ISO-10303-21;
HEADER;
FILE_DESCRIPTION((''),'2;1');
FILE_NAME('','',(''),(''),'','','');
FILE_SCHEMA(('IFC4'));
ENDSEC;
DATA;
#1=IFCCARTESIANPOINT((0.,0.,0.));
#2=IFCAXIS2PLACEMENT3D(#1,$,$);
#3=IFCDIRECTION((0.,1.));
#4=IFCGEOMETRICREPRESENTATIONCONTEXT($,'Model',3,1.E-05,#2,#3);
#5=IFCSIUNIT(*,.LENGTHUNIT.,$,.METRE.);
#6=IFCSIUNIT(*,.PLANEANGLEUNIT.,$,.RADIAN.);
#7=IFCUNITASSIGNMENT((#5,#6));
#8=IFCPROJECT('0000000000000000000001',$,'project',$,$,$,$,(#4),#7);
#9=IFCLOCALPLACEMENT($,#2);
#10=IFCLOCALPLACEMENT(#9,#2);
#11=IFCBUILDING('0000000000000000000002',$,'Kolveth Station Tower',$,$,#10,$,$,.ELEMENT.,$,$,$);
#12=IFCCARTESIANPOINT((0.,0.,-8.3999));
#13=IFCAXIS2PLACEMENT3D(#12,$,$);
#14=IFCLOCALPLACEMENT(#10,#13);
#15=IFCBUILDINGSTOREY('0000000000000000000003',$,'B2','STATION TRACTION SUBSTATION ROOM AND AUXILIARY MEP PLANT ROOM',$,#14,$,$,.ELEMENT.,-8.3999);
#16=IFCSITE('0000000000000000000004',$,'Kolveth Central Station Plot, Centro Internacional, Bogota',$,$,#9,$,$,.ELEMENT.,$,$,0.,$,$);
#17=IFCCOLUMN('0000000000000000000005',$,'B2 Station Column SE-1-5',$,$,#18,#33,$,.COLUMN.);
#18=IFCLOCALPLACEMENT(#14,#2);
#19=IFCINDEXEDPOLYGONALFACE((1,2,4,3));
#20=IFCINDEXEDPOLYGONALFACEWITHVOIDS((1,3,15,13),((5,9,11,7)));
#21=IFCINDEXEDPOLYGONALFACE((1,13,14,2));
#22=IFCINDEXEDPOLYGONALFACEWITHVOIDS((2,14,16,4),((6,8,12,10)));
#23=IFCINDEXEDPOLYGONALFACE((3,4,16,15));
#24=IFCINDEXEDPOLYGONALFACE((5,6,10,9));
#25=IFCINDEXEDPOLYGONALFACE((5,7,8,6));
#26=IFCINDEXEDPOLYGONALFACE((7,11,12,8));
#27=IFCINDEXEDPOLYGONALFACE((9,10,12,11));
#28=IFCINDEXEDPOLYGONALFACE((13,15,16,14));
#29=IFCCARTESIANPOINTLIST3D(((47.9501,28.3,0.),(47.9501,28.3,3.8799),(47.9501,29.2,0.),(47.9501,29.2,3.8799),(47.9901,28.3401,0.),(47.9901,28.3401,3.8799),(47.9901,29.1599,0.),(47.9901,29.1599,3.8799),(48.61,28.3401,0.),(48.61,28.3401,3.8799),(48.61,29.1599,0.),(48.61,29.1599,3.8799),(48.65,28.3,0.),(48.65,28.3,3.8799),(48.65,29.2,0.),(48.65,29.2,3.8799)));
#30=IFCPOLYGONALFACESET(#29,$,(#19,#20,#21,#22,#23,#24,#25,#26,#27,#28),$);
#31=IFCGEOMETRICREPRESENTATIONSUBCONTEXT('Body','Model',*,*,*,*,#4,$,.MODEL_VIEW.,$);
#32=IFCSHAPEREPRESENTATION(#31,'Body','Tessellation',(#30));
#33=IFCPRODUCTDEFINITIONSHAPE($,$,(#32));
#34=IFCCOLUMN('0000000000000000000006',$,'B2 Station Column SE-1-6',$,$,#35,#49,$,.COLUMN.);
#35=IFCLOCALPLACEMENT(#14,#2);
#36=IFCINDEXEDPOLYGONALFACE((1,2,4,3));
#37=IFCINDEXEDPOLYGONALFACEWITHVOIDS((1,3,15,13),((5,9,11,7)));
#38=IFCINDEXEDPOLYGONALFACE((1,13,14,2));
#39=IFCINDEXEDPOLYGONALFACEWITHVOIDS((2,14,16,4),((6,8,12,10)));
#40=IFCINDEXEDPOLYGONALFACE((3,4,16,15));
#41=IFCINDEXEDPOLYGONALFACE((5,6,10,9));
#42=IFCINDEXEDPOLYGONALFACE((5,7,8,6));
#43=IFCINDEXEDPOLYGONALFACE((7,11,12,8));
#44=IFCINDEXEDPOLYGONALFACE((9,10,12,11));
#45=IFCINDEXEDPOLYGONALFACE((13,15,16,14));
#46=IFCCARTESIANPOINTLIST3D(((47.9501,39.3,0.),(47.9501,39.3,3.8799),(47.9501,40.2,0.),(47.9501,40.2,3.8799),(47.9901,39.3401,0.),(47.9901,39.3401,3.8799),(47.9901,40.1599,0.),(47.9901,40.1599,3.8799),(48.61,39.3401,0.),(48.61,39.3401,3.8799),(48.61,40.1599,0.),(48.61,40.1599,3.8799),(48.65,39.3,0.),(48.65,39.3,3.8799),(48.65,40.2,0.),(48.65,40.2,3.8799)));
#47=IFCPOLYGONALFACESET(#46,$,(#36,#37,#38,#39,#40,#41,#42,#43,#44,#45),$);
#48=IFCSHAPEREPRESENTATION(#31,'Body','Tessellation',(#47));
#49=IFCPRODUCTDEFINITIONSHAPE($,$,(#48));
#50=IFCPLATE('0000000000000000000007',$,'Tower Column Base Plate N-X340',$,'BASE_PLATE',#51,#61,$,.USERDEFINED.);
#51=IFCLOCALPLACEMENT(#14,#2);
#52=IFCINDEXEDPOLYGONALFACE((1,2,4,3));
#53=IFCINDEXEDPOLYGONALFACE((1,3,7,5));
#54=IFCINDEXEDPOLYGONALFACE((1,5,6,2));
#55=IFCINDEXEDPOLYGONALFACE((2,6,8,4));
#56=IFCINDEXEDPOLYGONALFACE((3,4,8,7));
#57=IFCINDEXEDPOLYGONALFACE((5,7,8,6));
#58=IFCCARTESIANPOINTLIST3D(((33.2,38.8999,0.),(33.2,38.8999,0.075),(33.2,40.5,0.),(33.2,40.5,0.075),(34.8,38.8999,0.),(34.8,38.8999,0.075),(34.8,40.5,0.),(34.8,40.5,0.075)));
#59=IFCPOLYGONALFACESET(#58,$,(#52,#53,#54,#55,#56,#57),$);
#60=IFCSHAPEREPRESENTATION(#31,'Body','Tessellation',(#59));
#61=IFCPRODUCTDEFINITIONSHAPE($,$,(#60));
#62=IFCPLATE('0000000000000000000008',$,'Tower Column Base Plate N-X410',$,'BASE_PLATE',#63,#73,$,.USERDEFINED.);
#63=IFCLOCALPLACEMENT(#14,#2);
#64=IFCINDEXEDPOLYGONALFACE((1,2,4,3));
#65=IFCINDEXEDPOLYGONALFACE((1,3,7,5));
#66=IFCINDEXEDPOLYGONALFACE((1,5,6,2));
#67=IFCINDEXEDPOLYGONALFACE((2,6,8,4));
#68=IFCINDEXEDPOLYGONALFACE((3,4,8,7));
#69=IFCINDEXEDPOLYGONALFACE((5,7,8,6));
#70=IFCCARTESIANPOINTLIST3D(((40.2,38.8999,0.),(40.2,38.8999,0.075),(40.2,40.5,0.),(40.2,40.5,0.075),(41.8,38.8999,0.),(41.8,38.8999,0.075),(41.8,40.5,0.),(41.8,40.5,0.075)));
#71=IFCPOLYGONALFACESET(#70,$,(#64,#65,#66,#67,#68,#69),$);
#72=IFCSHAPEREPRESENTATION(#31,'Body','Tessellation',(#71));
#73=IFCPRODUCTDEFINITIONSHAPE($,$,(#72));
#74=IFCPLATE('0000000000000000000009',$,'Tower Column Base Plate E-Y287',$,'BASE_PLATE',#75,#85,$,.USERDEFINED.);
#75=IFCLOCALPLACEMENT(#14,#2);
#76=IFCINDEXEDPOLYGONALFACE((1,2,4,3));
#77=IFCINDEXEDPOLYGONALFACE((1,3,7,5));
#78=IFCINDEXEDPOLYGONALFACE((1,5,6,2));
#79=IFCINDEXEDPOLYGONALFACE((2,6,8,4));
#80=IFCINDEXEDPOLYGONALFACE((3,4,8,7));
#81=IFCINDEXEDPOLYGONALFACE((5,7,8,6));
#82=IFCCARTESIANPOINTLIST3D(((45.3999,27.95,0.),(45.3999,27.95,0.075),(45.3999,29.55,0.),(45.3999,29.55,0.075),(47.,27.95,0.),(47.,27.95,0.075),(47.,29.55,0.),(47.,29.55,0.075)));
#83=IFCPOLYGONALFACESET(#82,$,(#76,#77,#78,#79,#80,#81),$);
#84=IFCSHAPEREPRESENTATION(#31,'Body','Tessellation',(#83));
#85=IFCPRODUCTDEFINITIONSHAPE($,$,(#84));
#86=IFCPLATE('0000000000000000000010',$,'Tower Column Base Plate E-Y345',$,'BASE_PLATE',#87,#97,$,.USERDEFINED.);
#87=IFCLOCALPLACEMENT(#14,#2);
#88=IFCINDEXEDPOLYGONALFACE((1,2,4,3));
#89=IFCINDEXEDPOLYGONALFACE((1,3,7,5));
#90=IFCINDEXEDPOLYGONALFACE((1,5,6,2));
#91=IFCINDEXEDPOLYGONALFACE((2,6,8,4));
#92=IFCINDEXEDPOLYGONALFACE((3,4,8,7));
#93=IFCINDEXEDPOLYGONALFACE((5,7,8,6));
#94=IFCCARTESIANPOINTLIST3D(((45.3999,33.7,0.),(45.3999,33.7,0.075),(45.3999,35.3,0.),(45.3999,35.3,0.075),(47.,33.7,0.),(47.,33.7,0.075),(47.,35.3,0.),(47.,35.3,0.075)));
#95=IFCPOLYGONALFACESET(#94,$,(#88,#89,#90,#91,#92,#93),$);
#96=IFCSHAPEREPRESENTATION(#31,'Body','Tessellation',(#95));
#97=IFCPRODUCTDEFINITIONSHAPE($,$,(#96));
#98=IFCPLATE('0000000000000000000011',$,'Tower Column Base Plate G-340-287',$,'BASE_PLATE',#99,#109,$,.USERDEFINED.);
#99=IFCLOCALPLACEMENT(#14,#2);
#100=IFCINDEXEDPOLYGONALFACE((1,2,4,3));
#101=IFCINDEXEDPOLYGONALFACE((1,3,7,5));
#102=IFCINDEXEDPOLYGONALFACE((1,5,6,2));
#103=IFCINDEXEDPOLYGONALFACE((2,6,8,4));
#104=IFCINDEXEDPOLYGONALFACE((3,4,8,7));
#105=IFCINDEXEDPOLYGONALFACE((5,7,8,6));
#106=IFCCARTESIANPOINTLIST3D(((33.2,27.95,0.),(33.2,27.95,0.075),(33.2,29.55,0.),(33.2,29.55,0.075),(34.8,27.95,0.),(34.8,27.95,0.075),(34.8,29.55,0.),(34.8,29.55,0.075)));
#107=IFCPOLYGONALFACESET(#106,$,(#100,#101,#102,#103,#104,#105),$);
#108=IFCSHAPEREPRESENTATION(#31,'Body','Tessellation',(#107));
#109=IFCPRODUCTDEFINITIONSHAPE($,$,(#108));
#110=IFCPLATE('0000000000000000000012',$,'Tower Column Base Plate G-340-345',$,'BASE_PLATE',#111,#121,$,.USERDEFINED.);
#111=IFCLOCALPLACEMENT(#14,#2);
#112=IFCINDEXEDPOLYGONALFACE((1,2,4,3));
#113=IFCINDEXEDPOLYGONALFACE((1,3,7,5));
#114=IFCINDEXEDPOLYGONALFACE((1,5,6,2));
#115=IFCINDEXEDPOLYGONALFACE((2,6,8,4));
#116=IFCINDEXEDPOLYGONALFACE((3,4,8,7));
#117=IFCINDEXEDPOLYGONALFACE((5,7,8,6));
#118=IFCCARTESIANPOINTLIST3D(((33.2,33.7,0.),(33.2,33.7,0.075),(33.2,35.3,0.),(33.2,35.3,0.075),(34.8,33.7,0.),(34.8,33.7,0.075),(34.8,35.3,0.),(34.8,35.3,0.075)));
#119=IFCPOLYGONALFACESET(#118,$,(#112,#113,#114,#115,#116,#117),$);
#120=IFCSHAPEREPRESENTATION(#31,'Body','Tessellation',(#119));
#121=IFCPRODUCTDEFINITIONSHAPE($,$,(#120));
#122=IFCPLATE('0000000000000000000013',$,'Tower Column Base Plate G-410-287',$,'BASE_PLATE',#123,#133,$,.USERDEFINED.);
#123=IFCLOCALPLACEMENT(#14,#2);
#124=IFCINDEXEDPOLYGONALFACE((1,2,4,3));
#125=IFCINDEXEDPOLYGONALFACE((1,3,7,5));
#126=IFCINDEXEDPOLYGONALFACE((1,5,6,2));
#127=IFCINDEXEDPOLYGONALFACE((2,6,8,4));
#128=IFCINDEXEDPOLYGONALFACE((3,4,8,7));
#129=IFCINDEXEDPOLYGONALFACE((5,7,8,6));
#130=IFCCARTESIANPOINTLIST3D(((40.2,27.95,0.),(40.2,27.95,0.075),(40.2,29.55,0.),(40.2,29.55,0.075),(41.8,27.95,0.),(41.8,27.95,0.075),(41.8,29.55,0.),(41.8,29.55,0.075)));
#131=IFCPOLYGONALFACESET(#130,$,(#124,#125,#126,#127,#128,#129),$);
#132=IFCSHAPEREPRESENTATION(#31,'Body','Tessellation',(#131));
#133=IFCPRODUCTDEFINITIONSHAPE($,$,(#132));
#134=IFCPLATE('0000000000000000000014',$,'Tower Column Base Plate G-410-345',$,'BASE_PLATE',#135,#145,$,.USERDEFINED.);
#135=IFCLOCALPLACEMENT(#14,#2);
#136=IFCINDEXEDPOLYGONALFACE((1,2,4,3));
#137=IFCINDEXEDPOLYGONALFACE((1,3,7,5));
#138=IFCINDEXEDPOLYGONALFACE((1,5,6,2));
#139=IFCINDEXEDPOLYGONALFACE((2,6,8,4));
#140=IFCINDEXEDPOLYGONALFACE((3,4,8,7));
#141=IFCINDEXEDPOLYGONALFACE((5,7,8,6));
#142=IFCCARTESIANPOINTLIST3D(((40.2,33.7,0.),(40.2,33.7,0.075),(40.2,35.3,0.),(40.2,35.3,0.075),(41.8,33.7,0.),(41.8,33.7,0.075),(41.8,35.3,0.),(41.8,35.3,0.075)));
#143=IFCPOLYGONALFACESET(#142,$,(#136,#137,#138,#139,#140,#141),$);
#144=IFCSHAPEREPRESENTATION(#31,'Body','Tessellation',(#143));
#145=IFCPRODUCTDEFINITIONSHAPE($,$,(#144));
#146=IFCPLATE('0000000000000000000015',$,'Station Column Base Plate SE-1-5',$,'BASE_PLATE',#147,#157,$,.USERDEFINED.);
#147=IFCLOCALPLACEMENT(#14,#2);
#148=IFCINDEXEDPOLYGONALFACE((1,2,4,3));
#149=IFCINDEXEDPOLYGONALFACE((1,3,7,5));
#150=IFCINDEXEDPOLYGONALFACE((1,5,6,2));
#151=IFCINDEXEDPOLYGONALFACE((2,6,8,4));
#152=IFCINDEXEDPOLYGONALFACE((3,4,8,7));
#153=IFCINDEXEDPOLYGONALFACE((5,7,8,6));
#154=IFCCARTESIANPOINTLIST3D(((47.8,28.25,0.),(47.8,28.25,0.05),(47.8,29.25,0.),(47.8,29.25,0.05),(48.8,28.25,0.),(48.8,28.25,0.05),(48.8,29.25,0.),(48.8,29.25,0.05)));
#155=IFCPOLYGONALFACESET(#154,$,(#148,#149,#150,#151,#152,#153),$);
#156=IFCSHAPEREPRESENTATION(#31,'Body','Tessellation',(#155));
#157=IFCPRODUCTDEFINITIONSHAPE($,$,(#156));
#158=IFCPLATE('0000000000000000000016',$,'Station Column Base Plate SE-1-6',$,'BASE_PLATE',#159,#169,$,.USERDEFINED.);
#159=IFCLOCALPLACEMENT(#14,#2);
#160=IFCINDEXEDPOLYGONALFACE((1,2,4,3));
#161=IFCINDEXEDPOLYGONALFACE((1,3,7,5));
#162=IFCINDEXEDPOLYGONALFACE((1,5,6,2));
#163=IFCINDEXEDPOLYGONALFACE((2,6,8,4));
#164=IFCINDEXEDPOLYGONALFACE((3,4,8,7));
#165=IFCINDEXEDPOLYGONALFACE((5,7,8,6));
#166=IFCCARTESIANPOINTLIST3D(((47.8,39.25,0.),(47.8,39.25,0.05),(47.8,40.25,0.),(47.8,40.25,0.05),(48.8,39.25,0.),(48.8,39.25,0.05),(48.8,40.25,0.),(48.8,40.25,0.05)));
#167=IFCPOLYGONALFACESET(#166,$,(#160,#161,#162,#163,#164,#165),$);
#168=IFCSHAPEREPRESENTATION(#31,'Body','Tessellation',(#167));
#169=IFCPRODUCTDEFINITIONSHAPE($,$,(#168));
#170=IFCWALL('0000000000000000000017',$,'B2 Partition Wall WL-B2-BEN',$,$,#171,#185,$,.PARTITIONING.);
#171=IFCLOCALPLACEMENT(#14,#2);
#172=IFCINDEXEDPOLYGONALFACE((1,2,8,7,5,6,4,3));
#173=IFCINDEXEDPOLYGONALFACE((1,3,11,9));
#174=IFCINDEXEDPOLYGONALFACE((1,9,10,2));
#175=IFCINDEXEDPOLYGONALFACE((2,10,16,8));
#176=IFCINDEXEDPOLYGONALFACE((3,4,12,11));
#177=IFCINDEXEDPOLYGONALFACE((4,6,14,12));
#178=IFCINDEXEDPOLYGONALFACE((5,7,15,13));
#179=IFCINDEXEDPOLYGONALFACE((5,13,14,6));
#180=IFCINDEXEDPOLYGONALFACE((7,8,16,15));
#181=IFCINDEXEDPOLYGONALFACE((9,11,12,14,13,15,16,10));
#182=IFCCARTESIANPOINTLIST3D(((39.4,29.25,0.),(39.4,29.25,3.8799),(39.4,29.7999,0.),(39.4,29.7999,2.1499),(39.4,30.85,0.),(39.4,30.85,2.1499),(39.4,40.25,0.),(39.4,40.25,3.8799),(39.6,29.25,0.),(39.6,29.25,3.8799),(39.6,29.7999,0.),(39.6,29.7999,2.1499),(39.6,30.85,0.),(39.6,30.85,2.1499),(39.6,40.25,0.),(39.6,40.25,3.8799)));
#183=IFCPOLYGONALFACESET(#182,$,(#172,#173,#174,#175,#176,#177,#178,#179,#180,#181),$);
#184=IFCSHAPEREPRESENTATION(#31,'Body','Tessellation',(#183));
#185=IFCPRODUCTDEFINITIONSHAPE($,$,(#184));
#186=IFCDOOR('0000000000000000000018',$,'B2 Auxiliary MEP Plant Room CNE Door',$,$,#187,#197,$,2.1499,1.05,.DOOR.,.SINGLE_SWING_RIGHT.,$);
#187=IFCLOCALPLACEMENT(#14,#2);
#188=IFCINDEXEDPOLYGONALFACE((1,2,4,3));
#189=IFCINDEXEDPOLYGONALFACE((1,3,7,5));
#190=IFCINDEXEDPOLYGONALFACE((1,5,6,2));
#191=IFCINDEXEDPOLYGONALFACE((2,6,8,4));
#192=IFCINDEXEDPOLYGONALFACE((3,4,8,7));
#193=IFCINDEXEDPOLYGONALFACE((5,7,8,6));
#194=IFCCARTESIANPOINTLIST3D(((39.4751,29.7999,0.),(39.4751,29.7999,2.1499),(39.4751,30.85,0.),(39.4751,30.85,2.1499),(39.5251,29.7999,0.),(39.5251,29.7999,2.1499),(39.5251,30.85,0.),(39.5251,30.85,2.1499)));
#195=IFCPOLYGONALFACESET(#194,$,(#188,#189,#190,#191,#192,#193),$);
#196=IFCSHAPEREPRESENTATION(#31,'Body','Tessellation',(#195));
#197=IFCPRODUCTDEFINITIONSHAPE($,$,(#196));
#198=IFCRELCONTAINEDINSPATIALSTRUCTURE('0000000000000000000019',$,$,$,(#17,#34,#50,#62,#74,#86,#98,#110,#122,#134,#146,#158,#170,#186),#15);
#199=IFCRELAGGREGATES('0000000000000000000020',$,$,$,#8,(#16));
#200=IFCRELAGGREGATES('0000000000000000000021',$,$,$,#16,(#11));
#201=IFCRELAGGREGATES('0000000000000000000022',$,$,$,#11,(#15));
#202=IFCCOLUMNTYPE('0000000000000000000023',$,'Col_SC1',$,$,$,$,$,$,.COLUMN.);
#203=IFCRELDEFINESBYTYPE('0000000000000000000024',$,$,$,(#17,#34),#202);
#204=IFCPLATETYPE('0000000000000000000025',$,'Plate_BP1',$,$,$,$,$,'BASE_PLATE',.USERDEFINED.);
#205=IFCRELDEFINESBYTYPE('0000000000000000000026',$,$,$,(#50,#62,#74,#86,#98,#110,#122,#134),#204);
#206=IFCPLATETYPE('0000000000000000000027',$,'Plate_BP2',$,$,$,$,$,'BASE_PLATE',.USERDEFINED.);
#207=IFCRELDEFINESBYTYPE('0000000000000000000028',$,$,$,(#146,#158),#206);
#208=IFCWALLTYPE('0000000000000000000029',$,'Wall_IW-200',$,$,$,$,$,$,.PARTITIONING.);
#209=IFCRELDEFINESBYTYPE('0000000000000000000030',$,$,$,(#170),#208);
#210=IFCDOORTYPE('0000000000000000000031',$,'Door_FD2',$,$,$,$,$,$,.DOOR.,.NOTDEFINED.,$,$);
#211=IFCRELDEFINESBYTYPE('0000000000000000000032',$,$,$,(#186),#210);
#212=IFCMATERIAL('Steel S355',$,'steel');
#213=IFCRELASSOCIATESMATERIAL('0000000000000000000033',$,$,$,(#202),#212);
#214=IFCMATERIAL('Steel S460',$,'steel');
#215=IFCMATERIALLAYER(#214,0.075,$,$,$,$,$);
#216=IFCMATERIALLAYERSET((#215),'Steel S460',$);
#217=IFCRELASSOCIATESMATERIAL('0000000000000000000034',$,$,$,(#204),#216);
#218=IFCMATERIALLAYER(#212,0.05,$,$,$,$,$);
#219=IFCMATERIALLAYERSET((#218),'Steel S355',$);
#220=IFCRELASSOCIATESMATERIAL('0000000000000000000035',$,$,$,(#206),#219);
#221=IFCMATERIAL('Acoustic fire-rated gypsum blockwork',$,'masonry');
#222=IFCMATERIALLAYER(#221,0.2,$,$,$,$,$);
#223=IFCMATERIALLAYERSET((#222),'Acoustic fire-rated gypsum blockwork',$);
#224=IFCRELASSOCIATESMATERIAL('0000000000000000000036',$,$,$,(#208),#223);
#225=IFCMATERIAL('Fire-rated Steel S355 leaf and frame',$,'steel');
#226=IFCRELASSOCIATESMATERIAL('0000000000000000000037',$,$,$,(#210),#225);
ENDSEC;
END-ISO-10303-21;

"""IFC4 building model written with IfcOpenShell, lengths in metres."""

from ifc_helpers import new_model, si_unit, direction, frame, frame_2d, origin, origin_2d, place, context, subcontext, project, spatial, rectangle, hollow_rectangle, extrude, source, transform, mapped, material, layer, layer_set, material_profile, profile_set, type_object, element, fill, save


model = new_model("IFC4")

# Units and contexts
model_context = context("Model", 3, precision=1e-05, world=origin(), true_north=direction((0.0, 1.0)))
body_context = subcontext(model_context, "Body", "Model", "MODEL_VIEW")
ifc_project = project(units=[si_unit("LENGTHUNIT", "METRE"), si_unit("PLANEANGLEUNIT", "RADIAN")], contexts=[model_context])

# Site, building, storey
site_placement = place(None, origin())
site = spatial("IfcSite", under=ifc_project, at=site_placement, Name="Kolveth Central Station Plot, Centro Internacional, Bogota", CompositionType="ELEMENT", RefElevation=0.0)
building_placement = place(site_placement, origin())
building = spatial("IfcBuilding", under=site, at=building_placement, Name="Kolveth Station Tower", CompositionType="ELEMENT")
storey_placement = place(building_placement, frame((0.0, 0.0, -8.3999)))
storey = spatial("IfcBuildingStorey", under=building, at=storey_placement, Name="B2", Description="STATION TRACTION SUBSTATION ROOM AND AUXILIARY MEP PLANT ROOM", CompositionType="ELEMENT", Elevation=-8.3999)

# Columns
ifc_material_1 = material(Name="Steel S460", Category="steel")
ifc_material_2 = material(Name="Steel S355", Category="steel")
ifc_material_profile_1 = material_profile(ifc_material_2, hollow_rectangle(XDim=0.7, YDim=0.8999, WallThickness=0.04, at=origin_2d()), Name="BOX900x700x40")
ifc_profile_set_1 = profile_set([ifc_material_profile_1], Name="Steel S355")
column_type_1 = type_object("IfcColumnType", Name="Col_SC1", PredefinedType="COLUMN", material=ifc_profile_set_1)
shared_shape_1 = source(origin(), body_context, "Body", "SweptSolid", [
    extrude(hollow_rectangle(XDim=0.7, YDim=0.8999, WallThickness=0.04, at=origin_2d()), origin(), (0.0, 0.0, 1.0), 3.8799),
])
for number, where, z_axis, x_axis, name in (
    (1, (48.3, 28.75, 0.0), (0.0, 0.0, 1.0), (1.0, 0.0, 0.0), "B2 Station Column SE-1-5"),
    (2, (48.3, 39.75, 0.0), (0.0, 0.0, 1.0), (1.0, 0.0, 0.0), "B2 Station Column SE-1-6"),
):
    element("IfcColumn", number, at=place(storey_placement, frame(where, z_axis=z_axis, x_axis=x_axis)), inside=storey, type_object=column_type_1, Name=name, PredefinedType="COLUMN", context=body_context, shape_type="MappedRepresentation", body=[
        mapped(shared_shape_1, transform((0.0, 0.0, 0.0), x_axis=(1.0, 0.0, 0.0), y_axis=(0.0, 1.0, 0.0), z_axis=(0.0, 0.0, 1.0), scale=1.0)),
    ])

# Plates
ifc_layer_1 = layer(ifc_material_1, 0.075)
ifc_layer_set_1 = layer_set([ifc_layer_1], Name="Steel S460")
plate_type_1 = type_object("IfcPlateType", Name="Plate_BP1", ElementType="BASE_PLATE", PredefinedType="USERDEFINED", material=ifc_layer_set_1)
shared_shape_2 = source(origin(), body_context, "Body", "SweptSolid", [
    extrude(rectangle(XDim=1.6001, YDim=1.6001, at=origin_2d()), origin(), (0.0, 0.0, 1.0), 0.075),
])
for number, where, z_axis, x_axis, name in (
    (3, (34.0, 39.7, 0.0), (0.0, 0.0, 1.0), (1.0, 0.0, 0.0), "Tower Column Base Plate N-X340"),
    (4, (41.0, 39.7, 0.0), (0.0, 0.0, 1.0), (1.0, 0.0, 0.0), "Tower Column Base Plate N-X410"),
    (5, (46.2, 28.75, 0.0), (0.0, 0.0, 1.0), (1.0, 0.0, 0.0), "Tower Column Base Plate E-Y287"),
    (6, (46.2, 34.5, 0.0), (0.0, 0.0, 1.0), (1.0, 0.0, 0.0), "Tower Column Base Plate E-Y345"),
    (7, (34.0, 28.75, 0.0), (0.0, 0.0, 1.0), (1.0, 0.0, 0.0), "Tower Column Base Plate G-340-287"),
    (8, (34.0, 34.5, 0.0), (0.0, 0.0, 1.0), (1.0, 0.0, 0.0), "Tower Column Base Plate G-340-345"),
    (9, (41.0, 28.75, 0.0), (0.0, 0.0, 1.0), (1.0, 0.0, 0.0), "Tower Column Base Plate G-410-287"),
    (10, (41.0, 34.5, 0.0), (0.0, 0.0, 1.0), (1.0, 0.0, 0.0), "Tower Column Base Plate G-410-345"),
):
    element("IfcPlate", number, at=place(storey_placement, frame(where, z_axis=z_axis, x_axis=x_axis)), inside=storey, type_object=plate_type_1, Name=name, ObjectType="BASE_PLATE", PredefinedType="USERDEFINED", context=body_context, shape_type="MappedRepresentation", body=[
        mapped(shared_shape_2, transform((0.0, 0.0, 0.0), x_axis=(1.0, 0.0, 0.0), y_axis=(0.0, 1.0, 0.0), z_axis=(0.0, 0.0, 1.0), scale=1.0)),
    ])
ifc_layer_2 = layer(ifc_material_2, 0.05)
ifc_layer_set_2 = layer_set([ifc_layer_2], Name="Steel S355")
plate_type_2 = type_object("IfcPlateType", Name="Plate_BP2", ElementType="BASE_PLATE", PredefinedType="USERDEFINED", material=ifc_layer_set_2)
shared_shape_3 = source(origin(), body_context, "Body", "SweptSolid", [
    extrude(rectangle(XDim=1.0, YDim=1.0, at=origin_2d()), origin(), (0.0, 0.0, 1.0), 0.05),
])
for number, where, z_axis, x_axis, name in (
    (11, (48.3, 28.75, 0.0), (0.0, 0.0, 1.0), (1.0, 0.0, 0.0), "Station Column Base Plate SE-1-5"),
    (12, (48.3, 39.75, 0.0), (0.0, 0.0, 1.0), (1.0, 0.0, 0.0), "Station Column Base Plate SE-1-6"),
):
    element("IfcPlate", number, at=place(storey_placement, frame(where, z_axis=z_axis, x_axis=x_axis)), inside=storey, type_object=plate_type_2, Name=name, ObjectType="BASE_PLATE", PredefinedType="USERDEFINED", context=body_context, shape_type="MappedRepresentation", body=[
        mapped(shared_shape_3, transform((0.0, 0.0, 0.0), x_axis=(1.0, 0.0, 0.0), y_axis=(0.0, 1.0, 0.0), z_axis=(0.0, 0.0, 1.0), scale=1.0)),
    ])

# Wall, opening, door
ifc_material_3 = material(Name="Acoustic fire-rated gypsum blockwork", Category="masonry")
ifc_layer_3 = layer(ifc_material_3, 0.2)
ifc_layer_set_3 = layer_set([ifc_layer_3], Name="Acoustic fire-rated gypsum blockwork")
wall_type_1 = type_object("IfcWallType", Name="Wall_IW-200", PredefinedType="PARTITIONING", material=ifc_layer_set_3)
wall_1_placement = place(storey_placement, frame((39.5, 29.25, 0.0), z_axis=(0.0, 0.0, 1.0), x_axis=(0.0, 1.0, 0.0)))
wall_1 = element("IfcWall", 13, at=wall_1_placement, inside=storey, type_object=wall_type_1, Name="B2 Partition Wall WL-B2-BEN", PredefinedType="PARTITIONING", context=body_context, shape_type="SweptSolid", body=[
    extrude(rectangle(XDim=11.0, YDim=0.2, at=frame_2d((5.5, 0.0))), origin(), (0.0, 0.0, 1.0), 3.8799),
])
opening_1_placement = place(wall_1_placement, frame((0.55, 0.0, 0.0)))
opening_1 = element("IfcOpeningElement", 14, at=opening_1_placement, cuts=wall_1, PredefinedType="OPENING", context=body_context, shape_type="SweptSolid", body=[
    extrude(rectangle(XDim=1.05, YDim=2.1499, at=frame_2d((0.5249, 1.075))), frame((0.0, 0.1099, 0.0), z_axis=(0.0, -1.0, 0.0), x_axis=(1.0, 0.0, 0.0)), (0.0, 0.0, 1.0), 0.22),
])
ifc_material_4 = material(Name="Fire-rated Steel S355 leaf and frame", Category="steel")
door_type_1 = type_object("IfcDoorType", Name="Door_FD2", OperationType="NOTDEFINED", PredefinedType="DOOR", material=ifc_material_4)
door_1_placement = place(opening_1_placement, origin())
door_1 = element("IfcDoor", 15, at=door_1_placement, inside=storey, type_object=door_type_1, Name="B2 Auxiliary MEP Plant Room CNE Door", OperationType="SINGLE_SWING_RIGHT", OverallHeight=2.1499, OverallWidth=1.05, PredefinedType="DOOR", context=body_context, shape_type="SweptSolid", body=[
    extrude(rectangle(XDim=1.05, YDim=2.1499, at=frame_2d((0.5249, 1.075))), frame((0.0, 0.0249, 0.0), z_axis=(0.0, -1.0, 0.0), x_axis=(1.0, 0.0, 0.0)), (0.0, 0.0, 1.0), 0.05),
])
fill(opening_1, door_1)

save(model, "model.ifc")
